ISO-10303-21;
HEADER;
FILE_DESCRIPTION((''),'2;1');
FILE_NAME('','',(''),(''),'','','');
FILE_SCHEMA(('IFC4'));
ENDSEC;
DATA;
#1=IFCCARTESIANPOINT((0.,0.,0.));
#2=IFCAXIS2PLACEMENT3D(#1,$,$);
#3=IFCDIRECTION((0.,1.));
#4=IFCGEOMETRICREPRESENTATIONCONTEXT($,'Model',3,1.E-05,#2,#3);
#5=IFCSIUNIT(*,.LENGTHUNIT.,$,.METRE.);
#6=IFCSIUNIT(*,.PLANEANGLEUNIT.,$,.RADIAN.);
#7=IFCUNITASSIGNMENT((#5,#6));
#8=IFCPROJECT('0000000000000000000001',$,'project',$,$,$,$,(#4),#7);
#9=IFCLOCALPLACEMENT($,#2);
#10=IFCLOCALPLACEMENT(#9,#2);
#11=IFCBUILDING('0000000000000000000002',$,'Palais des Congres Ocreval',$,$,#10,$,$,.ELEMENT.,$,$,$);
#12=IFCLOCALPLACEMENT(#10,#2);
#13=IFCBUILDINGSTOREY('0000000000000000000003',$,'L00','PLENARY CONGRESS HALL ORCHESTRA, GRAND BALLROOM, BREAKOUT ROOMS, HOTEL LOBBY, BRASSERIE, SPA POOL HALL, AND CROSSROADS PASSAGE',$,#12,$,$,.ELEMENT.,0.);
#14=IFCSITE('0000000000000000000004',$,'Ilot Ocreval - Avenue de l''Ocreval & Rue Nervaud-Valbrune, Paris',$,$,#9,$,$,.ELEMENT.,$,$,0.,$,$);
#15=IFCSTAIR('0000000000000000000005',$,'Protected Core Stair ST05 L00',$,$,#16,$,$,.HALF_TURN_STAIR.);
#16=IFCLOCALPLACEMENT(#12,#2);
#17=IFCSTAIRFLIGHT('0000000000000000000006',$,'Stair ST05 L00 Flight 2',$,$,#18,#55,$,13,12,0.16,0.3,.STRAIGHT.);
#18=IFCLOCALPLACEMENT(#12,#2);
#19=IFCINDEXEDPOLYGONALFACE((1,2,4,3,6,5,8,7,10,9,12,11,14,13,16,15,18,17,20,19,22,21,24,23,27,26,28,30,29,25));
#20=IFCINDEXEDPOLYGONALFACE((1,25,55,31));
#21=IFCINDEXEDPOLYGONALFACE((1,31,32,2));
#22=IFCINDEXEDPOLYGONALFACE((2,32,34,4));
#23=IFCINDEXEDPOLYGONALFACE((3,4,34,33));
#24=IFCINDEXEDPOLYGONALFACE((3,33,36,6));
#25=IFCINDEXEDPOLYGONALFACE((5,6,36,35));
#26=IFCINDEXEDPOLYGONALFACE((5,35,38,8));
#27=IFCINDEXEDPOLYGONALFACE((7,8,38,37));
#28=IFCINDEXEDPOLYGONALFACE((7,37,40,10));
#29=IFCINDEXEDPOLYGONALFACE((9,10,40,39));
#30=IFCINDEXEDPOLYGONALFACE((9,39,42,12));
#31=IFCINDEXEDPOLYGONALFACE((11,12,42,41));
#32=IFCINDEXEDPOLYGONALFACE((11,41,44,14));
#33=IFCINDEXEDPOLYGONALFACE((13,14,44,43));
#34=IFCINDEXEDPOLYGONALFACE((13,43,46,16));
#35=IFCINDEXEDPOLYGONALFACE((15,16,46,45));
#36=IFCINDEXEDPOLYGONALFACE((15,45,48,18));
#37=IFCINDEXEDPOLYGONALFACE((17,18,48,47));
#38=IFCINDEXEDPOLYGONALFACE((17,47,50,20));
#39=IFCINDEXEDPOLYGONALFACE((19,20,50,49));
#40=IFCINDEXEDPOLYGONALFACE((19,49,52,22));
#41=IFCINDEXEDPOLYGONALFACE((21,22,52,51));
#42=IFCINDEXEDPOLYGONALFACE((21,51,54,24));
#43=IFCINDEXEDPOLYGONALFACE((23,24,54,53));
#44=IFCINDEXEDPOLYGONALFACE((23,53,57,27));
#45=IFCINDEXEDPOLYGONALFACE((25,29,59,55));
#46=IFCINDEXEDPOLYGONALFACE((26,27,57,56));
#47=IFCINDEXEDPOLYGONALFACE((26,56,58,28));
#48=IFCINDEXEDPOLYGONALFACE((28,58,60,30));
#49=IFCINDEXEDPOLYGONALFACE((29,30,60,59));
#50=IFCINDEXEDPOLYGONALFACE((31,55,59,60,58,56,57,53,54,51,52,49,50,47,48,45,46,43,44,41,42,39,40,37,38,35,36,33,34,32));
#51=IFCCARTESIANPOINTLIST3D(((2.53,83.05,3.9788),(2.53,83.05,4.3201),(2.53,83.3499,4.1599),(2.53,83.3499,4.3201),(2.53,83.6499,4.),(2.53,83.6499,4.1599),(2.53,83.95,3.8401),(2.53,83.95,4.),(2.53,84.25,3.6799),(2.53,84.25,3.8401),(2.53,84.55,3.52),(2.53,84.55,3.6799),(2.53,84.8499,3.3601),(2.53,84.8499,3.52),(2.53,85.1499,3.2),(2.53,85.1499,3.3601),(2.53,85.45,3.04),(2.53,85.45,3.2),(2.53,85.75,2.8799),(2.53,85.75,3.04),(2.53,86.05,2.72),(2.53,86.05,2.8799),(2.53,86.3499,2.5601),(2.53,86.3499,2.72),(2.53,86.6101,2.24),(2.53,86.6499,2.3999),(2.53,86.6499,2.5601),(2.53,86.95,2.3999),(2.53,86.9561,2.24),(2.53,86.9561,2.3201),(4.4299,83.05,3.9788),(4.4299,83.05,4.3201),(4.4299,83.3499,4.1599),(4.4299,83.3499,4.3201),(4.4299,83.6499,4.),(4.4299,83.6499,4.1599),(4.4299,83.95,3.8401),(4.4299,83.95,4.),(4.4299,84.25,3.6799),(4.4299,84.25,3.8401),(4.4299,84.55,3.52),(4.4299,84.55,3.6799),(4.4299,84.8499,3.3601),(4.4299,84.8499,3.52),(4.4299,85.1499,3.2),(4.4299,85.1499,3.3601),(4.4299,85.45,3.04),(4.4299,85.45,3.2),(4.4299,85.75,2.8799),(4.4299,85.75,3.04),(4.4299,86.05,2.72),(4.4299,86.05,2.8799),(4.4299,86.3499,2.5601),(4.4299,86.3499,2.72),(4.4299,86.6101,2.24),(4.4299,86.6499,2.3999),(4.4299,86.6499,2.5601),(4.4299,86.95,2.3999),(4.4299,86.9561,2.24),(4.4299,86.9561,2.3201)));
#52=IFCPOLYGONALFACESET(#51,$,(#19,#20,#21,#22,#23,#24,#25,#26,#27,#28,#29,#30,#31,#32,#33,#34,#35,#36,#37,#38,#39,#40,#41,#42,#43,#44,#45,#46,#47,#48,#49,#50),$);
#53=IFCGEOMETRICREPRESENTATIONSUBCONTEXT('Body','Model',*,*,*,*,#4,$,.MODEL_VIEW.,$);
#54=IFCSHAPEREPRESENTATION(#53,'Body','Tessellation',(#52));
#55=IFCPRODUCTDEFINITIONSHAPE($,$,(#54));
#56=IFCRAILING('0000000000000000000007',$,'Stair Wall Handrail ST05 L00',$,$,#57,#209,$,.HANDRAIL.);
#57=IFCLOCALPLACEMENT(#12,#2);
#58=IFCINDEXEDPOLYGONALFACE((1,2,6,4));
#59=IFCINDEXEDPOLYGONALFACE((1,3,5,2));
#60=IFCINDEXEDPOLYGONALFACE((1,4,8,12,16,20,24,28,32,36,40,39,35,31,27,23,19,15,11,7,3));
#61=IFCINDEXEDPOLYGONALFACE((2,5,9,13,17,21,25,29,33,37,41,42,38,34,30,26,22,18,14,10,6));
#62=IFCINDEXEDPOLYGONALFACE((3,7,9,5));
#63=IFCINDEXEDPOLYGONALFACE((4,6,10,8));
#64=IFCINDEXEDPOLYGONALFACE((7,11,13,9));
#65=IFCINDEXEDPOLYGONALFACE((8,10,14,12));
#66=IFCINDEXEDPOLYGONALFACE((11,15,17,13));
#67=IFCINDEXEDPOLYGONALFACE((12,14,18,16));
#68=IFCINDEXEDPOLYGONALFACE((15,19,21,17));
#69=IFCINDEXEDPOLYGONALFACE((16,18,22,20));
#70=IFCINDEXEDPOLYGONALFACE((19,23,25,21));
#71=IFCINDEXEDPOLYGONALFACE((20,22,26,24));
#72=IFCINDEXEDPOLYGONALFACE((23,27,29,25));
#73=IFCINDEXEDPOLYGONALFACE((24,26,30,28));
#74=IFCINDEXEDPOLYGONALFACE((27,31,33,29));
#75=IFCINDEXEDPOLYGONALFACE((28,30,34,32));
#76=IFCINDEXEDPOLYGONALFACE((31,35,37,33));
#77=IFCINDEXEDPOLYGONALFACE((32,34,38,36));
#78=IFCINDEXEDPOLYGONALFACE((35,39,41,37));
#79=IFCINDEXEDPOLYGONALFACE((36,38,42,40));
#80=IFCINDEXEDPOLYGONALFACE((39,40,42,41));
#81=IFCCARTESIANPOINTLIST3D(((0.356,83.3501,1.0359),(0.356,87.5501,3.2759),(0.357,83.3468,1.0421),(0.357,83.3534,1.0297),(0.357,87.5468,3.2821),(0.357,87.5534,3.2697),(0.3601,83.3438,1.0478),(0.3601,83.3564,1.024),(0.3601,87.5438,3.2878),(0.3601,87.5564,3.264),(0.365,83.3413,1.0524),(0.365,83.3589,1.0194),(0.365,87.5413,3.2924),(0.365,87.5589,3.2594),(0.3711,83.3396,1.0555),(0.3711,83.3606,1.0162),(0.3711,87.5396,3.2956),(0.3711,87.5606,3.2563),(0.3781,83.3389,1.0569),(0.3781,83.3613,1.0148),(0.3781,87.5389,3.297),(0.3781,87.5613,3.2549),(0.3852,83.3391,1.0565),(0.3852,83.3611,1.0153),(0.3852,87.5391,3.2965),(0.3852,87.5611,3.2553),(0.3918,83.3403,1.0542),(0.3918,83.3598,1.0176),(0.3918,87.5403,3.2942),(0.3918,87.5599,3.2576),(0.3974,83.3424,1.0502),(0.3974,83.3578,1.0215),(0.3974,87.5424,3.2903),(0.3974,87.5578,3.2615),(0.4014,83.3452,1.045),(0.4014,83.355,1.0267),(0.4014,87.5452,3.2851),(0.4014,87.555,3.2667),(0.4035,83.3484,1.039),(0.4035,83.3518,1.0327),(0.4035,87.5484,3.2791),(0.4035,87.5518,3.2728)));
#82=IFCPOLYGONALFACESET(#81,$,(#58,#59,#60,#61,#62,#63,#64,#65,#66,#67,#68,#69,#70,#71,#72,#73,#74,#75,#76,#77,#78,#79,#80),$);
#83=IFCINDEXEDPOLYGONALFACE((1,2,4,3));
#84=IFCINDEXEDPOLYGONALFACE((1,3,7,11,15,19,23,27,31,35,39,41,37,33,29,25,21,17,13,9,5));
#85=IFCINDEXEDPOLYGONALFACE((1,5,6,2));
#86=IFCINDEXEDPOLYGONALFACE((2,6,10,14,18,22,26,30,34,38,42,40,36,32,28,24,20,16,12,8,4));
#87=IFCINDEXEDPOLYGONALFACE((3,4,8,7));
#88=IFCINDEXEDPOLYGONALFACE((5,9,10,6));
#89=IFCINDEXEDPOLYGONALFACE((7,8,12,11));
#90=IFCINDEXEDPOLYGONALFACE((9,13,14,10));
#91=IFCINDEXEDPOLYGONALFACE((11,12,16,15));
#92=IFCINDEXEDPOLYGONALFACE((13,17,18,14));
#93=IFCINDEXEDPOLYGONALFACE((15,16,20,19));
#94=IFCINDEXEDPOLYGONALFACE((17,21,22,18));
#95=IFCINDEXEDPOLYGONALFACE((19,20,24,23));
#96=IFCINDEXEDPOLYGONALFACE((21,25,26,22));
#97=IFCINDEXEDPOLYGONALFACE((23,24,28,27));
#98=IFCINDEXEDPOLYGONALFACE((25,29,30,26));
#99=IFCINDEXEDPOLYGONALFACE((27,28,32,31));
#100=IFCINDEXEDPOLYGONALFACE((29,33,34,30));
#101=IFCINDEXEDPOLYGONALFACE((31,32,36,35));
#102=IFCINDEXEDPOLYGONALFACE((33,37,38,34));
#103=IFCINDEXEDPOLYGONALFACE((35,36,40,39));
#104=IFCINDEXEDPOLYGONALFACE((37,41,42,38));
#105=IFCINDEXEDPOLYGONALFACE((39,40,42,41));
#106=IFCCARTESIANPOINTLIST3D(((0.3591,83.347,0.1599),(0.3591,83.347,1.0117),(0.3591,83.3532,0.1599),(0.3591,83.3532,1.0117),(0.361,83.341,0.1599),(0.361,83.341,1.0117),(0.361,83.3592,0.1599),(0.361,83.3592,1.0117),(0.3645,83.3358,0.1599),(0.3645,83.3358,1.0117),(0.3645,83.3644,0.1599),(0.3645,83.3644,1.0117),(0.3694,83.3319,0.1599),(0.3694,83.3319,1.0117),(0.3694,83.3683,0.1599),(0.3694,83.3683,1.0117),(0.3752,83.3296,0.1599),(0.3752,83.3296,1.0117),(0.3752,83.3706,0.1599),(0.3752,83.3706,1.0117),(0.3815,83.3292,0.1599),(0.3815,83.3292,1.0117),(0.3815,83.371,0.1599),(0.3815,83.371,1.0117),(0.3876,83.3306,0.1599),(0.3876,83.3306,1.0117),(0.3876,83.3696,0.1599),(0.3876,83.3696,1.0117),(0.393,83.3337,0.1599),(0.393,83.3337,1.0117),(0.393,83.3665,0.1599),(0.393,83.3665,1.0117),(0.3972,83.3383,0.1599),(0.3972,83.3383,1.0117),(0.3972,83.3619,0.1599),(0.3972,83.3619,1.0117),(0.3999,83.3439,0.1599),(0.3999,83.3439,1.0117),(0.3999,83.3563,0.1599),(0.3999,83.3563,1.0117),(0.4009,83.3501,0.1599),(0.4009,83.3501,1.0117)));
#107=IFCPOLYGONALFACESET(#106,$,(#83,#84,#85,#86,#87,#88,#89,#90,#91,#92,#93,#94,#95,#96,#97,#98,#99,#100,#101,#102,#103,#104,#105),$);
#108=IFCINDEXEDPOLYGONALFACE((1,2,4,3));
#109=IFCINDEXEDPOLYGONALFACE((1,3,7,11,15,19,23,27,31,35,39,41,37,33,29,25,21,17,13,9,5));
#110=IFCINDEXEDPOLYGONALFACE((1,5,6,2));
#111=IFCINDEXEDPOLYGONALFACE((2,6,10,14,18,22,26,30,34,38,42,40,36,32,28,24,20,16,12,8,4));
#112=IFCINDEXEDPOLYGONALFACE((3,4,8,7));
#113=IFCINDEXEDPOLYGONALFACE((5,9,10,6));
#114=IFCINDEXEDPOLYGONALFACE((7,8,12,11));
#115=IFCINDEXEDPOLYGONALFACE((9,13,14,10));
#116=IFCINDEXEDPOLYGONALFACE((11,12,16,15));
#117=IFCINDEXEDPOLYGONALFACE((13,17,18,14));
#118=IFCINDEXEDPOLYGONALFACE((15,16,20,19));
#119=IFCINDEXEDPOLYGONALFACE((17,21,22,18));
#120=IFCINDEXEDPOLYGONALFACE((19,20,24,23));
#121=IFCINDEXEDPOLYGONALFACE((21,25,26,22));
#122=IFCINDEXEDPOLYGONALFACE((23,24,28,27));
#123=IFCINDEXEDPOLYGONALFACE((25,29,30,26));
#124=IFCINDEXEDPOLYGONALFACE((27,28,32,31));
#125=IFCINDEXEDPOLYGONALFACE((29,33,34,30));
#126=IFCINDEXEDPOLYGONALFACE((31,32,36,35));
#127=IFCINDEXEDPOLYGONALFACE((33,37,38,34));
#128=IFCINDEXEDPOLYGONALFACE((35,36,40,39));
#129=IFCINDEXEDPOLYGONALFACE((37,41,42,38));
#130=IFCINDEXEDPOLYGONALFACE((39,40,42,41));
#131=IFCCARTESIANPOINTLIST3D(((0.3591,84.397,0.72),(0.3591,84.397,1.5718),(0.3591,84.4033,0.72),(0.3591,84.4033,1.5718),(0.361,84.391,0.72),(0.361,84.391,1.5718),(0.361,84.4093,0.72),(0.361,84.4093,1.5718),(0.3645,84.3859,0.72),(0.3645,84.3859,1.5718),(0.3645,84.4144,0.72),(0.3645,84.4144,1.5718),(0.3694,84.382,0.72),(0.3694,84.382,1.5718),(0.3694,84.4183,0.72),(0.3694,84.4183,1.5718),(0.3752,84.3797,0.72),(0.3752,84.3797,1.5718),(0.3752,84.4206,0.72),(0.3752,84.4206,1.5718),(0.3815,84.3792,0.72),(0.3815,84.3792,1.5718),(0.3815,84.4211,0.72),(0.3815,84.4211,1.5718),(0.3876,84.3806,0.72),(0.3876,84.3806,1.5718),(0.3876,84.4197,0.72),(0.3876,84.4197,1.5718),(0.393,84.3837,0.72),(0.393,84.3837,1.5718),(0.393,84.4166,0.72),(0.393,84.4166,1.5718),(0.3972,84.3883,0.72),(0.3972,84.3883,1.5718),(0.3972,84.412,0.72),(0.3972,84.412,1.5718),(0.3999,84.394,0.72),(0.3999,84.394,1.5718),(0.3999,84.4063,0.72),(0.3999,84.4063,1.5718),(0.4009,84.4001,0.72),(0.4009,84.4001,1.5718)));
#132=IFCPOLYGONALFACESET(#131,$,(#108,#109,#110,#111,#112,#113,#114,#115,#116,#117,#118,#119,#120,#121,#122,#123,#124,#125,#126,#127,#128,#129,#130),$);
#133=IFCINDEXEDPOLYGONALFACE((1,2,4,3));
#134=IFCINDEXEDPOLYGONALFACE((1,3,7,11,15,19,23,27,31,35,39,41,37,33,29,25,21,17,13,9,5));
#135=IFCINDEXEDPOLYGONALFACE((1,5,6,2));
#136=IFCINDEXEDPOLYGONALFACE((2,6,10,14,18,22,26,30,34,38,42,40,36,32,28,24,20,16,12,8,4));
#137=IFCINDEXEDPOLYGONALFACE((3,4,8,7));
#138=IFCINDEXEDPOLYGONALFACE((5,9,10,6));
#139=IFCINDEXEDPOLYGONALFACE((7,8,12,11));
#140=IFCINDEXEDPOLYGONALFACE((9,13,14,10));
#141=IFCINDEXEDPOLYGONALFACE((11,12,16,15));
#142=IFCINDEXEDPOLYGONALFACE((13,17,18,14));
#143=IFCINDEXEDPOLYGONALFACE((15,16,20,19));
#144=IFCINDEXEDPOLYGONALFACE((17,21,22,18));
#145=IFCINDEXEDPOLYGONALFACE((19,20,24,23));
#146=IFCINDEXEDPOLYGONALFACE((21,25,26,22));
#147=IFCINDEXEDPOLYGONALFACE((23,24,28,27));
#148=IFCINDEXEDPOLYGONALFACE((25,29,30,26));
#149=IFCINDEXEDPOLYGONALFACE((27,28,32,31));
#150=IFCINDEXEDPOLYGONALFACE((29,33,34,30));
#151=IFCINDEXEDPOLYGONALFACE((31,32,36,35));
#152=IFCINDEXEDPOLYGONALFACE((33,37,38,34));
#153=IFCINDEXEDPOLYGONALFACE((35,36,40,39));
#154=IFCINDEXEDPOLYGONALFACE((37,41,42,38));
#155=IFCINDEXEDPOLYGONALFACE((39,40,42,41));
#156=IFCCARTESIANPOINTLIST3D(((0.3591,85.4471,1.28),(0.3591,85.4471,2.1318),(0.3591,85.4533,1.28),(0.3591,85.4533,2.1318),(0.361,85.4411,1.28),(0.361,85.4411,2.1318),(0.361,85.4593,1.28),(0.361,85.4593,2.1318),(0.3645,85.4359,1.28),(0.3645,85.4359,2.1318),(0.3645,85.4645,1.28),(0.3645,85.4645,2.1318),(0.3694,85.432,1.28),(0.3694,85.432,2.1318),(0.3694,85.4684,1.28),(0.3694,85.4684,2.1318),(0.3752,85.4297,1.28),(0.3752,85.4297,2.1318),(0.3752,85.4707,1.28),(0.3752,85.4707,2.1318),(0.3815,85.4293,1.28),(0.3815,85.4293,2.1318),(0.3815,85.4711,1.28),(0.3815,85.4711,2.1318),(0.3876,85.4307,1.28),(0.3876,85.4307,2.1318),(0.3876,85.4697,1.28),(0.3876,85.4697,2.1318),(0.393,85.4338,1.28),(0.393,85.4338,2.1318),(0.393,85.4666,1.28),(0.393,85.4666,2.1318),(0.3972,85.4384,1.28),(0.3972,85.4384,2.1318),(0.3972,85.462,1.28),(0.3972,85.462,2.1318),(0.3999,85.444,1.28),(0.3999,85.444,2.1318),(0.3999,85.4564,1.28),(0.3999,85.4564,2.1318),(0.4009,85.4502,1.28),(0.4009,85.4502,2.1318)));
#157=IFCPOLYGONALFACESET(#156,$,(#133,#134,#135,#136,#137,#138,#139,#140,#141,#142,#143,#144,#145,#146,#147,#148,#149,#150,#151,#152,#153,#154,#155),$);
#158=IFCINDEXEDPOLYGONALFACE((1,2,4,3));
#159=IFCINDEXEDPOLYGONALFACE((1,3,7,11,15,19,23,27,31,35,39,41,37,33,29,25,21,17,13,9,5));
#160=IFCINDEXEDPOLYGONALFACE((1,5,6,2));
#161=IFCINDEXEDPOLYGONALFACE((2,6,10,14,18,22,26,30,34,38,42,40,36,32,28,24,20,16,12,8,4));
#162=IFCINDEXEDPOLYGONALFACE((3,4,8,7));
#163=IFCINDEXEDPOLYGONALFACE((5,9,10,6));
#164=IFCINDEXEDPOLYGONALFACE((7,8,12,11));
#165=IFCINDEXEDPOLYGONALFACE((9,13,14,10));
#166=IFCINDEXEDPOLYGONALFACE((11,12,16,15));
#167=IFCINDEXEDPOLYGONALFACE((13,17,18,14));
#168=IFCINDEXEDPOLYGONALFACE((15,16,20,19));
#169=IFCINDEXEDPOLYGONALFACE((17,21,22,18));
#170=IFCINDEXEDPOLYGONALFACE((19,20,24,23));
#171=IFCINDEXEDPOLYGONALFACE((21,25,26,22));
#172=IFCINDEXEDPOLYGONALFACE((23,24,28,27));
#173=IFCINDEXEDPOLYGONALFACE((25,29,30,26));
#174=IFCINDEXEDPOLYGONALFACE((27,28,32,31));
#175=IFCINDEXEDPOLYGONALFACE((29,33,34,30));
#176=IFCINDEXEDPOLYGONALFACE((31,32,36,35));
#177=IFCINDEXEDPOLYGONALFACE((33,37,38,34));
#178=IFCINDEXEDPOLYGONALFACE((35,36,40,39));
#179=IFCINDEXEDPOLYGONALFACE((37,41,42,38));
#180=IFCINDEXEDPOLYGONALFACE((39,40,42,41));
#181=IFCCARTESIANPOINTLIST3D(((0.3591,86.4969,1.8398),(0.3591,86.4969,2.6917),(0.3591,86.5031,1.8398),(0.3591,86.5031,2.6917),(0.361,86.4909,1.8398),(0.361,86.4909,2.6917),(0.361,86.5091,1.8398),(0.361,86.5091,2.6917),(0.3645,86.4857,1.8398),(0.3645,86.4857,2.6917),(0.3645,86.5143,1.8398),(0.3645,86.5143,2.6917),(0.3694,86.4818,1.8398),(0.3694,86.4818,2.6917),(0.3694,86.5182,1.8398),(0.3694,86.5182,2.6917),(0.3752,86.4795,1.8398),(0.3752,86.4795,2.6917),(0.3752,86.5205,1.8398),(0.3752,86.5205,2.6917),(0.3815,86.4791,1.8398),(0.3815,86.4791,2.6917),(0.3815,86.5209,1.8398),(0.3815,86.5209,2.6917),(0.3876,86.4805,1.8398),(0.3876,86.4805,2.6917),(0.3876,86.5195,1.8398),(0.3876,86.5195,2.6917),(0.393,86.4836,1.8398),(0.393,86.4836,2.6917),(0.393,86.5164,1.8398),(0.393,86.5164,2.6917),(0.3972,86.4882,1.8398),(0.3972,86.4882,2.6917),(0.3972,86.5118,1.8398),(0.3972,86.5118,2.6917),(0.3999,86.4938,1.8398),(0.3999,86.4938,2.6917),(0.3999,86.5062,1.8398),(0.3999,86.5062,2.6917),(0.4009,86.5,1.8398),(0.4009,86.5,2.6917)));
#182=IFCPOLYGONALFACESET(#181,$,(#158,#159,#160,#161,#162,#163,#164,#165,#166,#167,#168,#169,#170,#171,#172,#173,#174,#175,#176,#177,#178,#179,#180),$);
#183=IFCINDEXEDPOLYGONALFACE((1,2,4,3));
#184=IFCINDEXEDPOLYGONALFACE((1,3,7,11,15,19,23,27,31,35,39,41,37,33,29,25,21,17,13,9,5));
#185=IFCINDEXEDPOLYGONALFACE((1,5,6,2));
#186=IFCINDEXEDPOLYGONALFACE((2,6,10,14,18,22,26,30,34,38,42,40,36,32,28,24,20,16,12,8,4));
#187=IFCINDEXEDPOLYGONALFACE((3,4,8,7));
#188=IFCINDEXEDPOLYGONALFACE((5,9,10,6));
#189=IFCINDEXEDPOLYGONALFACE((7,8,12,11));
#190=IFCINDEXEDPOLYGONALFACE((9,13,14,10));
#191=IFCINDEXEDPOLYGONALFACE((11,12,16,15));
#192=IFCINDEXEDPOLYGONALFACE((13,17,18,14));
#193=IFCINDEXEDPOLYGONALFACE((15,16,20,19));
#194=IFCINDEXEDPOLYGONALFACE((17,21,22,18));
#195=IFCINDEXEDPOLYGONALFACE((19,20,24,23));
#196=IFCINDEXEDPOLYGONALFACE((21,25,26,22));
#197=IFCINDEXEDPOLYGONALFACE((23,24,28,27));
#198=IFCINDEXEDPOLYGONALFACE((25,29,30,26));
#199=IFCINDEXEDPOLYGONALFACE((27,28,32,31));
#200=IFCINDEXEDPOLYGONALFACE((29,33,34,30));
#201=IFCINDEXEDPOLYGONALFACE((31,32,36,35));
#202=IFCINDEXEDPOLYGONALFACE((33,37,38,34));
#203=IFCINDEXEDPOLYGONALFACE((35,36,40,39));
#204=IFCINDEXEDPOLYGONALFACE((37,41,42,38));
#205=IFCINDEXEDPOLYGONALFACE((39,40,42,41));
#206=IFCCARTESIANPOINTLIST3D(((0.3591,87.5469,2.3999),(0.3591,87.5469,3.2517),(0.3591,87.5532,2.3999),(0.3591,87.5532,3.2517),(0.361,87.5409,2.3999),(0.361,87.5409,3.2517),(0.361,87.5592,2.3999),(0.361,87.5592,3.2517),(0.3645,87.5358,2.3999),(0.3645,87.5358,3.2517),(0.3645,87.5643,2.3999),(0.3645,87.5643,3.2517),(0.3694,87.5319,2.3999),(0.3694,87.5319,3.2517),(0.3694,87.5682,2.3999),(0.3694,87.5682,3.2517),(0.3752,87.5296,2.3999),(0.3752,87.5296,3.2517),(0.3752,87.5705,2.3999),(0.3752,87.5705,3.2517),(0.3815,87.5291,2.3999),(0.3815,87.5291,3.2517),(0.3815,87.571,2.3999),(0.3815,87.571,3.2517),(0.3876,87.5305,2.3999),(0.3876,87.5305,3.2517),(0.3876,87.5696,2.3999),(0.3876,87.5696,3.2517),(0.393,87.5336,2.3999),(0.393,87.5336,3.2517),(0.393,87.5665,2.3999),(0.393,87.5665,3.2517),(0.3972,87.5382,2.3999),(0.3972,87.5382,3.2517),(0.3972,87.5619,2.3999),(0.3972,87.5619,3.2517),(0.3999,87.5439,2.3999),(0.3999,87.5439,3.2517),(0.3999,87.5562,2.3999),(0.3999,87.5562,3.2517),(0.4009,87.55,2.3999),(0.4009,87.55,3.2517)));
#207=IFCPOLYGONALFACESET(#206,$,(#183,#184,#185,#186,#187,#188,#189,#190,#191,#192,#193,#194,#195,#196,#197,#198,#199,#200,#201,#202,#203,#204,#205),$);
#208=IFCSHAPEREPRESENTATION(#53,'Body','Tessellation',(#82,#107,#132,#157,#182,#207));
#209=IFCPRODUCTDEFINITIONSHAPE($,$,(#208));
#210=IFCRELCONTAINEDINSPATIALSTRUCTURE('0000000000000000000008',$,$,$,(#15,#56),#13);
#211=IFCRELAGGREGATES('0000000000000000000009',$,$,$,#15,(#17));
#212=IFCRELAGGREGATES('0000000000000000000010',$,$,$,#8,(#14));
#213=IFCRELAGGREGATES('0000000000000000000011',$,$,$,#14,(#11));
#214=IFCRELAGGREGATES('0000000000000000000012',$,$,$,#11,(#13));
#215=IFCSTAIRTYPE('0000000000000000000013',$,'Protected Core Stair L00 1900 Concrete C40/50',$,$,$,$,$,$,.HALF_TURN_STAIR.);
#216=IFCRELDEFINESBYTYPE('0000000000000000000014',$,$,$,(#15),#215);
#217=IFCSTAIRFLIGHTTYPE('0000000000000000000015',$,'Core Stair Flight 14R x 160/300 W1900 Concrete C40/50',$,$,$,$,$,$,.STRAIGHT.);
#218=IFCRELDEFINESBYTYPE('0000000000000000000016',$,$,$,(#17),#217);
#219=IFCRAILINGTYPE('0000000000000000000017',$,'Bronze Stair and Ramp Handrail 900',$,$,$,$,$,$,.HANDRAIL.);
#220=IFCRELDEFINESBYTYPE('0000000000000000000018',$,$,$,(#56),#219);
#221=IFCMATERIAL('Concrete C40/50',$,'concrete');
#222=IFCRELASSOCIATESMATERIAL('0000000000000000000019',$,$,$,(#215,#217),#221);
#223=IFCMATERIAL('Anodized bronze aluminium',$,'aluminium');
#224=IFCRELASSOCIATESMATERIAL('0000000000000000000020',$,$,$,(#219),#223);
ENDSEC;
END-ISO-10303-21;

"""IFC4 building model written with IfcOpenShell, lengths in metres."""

from ifc_helpers import new_model, si_unit, direction, frame, origin, origin_2d, place, context, subcontext, project, spatial, polyline, circle, outline, extrude, material, type_object, element, aggregate, save


model = new_model("IFC4")

# Units and contexts
model_context = context("Model", 3, precision=1e-05, world=origin(), true_north=direction((0.0, 1.0)))
body_context = subcontext(model_context, "Body", "Model", "MODEL_VIEW")
ifc_project = project(units=[si_unit("LENGTHUNIT", "METRE"), si_unit("PLANEANGLEUNIT", "RADIAN")], contexts=[model_context])

# Site, building, storey
site_placement = place(None, origin())
site = spatial("IfcSite", under=ifc_project, at=site_placement, Name="Ilot Ocreval - Avenue de l'Ocreval & Rue Nervaud-Valbrune, Paris", CompositionType="ELEMENT", RefElevation=0.0)
building_placement = place(site_placement, origin())
building = spatial("IfcBuilding", under=site, at=building_placement, Name="Palais des Congres Ocreval", CompositionType="ELEMENT")
storey_placement = place(building_placement, origin())
storey = spatial("IfcBuildingStorey", under=building, at=storey_placement, Name="L00", Description="PLENARY CONGRESS HALL ORCHESTRA, GRAND BALLROOM, BREAKOUT ROOMS, HOTEL LOBBY, BRASSERIE, SPA POOL HALL, AND CROSSROADS PASSAGE", CompositionType="ELEMENT", Elevation=0.0)

# Shared definitions
ifc_material_1 = material(Name="Concrete C40/50", Category="concrete")

# Stair, stair flight
stair_type = type_object("IfcStairType", Name="Protected Core Stair L00 1900 Concrete C40/50", PredefinedType="HALF_TURN_STAIR", material=ifc_material_1)
stair_placement = place(storey_placement, origin())
stair = element("IfcStair", 1, at=stair_placement, inside=storey, type_object=stair_type, Name="Protected Core Stair ST05 L00", PredefinedType="HALF_TURN_STAIR")
stair_flight_type = type_object("IfcStairFlightType", Name="Core Stair Flight 14R x 160/300 W1900 Concrete C40/50", PredefinedType="STRAIGHT", material=ifc_material_1)
stair_flight_1_placement = place(storey_placement, frame((3.48, 86.95, 2.24), z_axis=(0.0, 0.0, 1.0), x_axis=(0.0, -1.0, 0.0)))
stair_flight_1 = element("IfcStairFlight", 2, at=stair_flight_1_placement, type_object=stair_flight_type, Name="Stair ST05 L00 Flight 2", NumberOfRisers=13, NumberOfTreads=12, PredefinedType="STRAIGHT", RiserHeight=0.16, TreadLength=0.3, context=body_context, shape_type="SweptSolid", body=[
    extrude(outline(polyline([(-0.0061, 0.0), (-0.0061, 0.0801), (0.0, 0.1599), (0.3, 0.1599), (0.3, 0.3201), (0.6001, 0.3201), (0.6001, 0.48), (0.8999, 0.48), (0.8999, 0.6399), (1.2, 0.6399), (1.2, 0.8), (1.5, 0.8), (1.5, 0.96), (1.8, 0.96), (1.8, 1.1201), (2.1001, 1.1201), (2.1001, 1.28), (2.3999, 1.28), (2.3999, 1.4399), (2.7, 1.4399), (2.7, 1.6001), (3.0, 1.6001), (3.0, 1.76), (3.3, 1.76), (3.3, 1.9199), (3.6001, 1.9199), (3.6001, 2.0801), (3.8999, 2.0801), (3.8999, 1.7388), (0.3398, 0.0), (-0.0061, 0.0)])), frame((0.0, 0.95, 0.0), z_axis=(0.0, -1.0, 0.0), x_axis=(1.0, 0.0, 0.0)), (0.0, 0.0, 1.0), 1.8999),
])
aggregate(stair, [stair_flight_1])

# Railing
ifc_material_2 = material(Name="Anodized bronze aluminium", Category="aluminium")
railing_type_1 = type_object("IfcRailingType", Name="Bronze Stair and Ramp Handrail 900", PredefinedType="HANDRAIL", material=ifc_material_2)
railing_1_placement = place(storey_placement, frame((0.3799, 83.3501, 0.1599)))
element("IfcRailing", 3, at=railing_1_placement, inside=storey, type_object=railing_type_1, Name="Stair Wall Handrail ST05 L00", PredefinedType="HANDRAIL", context=body_context, shape_type="SweptSolid", body=[
    extrude(circle(Radius=0.0239, at=origin_2d()), frame((0.0, 0.0, 0.876), z_axis=(0.0, 0.882352, 0.470591), x_axis=(-1.0, 0.0, 0.0)), (0.0, 0.0, 1.0), 4.76),
    extrude(circle(Radius=0.021, at=origin_2d()), origin(), (0.0, 0.0, 1.0), 0.8518),
    extrude(circle(Radius=0.021, at=origin_2d()), frame((0.0, 1.05, 0.5601)), (0.0, 0.0, 1.0), 0.8518),
    extrude(circle(Radius=0.021, at=origin_2d()), frame((0.0, 2.1001, 1.1201)), (0.0, 0.0, 1.0), 0.8518),
    extrude(circle(Radius=0.021, at=origin_2d()), frame((0.0, 3.1499, 1.6799)), (0.0, 0.0, 1.0), 0.8518),
    extrude(circle(Radius=0.021, at=origin_2d()), frame((0.0, 4.2, 2.24)), (0.0, 0.0, 1.0), 0.8518),
])

save(model, "model.ifc")
